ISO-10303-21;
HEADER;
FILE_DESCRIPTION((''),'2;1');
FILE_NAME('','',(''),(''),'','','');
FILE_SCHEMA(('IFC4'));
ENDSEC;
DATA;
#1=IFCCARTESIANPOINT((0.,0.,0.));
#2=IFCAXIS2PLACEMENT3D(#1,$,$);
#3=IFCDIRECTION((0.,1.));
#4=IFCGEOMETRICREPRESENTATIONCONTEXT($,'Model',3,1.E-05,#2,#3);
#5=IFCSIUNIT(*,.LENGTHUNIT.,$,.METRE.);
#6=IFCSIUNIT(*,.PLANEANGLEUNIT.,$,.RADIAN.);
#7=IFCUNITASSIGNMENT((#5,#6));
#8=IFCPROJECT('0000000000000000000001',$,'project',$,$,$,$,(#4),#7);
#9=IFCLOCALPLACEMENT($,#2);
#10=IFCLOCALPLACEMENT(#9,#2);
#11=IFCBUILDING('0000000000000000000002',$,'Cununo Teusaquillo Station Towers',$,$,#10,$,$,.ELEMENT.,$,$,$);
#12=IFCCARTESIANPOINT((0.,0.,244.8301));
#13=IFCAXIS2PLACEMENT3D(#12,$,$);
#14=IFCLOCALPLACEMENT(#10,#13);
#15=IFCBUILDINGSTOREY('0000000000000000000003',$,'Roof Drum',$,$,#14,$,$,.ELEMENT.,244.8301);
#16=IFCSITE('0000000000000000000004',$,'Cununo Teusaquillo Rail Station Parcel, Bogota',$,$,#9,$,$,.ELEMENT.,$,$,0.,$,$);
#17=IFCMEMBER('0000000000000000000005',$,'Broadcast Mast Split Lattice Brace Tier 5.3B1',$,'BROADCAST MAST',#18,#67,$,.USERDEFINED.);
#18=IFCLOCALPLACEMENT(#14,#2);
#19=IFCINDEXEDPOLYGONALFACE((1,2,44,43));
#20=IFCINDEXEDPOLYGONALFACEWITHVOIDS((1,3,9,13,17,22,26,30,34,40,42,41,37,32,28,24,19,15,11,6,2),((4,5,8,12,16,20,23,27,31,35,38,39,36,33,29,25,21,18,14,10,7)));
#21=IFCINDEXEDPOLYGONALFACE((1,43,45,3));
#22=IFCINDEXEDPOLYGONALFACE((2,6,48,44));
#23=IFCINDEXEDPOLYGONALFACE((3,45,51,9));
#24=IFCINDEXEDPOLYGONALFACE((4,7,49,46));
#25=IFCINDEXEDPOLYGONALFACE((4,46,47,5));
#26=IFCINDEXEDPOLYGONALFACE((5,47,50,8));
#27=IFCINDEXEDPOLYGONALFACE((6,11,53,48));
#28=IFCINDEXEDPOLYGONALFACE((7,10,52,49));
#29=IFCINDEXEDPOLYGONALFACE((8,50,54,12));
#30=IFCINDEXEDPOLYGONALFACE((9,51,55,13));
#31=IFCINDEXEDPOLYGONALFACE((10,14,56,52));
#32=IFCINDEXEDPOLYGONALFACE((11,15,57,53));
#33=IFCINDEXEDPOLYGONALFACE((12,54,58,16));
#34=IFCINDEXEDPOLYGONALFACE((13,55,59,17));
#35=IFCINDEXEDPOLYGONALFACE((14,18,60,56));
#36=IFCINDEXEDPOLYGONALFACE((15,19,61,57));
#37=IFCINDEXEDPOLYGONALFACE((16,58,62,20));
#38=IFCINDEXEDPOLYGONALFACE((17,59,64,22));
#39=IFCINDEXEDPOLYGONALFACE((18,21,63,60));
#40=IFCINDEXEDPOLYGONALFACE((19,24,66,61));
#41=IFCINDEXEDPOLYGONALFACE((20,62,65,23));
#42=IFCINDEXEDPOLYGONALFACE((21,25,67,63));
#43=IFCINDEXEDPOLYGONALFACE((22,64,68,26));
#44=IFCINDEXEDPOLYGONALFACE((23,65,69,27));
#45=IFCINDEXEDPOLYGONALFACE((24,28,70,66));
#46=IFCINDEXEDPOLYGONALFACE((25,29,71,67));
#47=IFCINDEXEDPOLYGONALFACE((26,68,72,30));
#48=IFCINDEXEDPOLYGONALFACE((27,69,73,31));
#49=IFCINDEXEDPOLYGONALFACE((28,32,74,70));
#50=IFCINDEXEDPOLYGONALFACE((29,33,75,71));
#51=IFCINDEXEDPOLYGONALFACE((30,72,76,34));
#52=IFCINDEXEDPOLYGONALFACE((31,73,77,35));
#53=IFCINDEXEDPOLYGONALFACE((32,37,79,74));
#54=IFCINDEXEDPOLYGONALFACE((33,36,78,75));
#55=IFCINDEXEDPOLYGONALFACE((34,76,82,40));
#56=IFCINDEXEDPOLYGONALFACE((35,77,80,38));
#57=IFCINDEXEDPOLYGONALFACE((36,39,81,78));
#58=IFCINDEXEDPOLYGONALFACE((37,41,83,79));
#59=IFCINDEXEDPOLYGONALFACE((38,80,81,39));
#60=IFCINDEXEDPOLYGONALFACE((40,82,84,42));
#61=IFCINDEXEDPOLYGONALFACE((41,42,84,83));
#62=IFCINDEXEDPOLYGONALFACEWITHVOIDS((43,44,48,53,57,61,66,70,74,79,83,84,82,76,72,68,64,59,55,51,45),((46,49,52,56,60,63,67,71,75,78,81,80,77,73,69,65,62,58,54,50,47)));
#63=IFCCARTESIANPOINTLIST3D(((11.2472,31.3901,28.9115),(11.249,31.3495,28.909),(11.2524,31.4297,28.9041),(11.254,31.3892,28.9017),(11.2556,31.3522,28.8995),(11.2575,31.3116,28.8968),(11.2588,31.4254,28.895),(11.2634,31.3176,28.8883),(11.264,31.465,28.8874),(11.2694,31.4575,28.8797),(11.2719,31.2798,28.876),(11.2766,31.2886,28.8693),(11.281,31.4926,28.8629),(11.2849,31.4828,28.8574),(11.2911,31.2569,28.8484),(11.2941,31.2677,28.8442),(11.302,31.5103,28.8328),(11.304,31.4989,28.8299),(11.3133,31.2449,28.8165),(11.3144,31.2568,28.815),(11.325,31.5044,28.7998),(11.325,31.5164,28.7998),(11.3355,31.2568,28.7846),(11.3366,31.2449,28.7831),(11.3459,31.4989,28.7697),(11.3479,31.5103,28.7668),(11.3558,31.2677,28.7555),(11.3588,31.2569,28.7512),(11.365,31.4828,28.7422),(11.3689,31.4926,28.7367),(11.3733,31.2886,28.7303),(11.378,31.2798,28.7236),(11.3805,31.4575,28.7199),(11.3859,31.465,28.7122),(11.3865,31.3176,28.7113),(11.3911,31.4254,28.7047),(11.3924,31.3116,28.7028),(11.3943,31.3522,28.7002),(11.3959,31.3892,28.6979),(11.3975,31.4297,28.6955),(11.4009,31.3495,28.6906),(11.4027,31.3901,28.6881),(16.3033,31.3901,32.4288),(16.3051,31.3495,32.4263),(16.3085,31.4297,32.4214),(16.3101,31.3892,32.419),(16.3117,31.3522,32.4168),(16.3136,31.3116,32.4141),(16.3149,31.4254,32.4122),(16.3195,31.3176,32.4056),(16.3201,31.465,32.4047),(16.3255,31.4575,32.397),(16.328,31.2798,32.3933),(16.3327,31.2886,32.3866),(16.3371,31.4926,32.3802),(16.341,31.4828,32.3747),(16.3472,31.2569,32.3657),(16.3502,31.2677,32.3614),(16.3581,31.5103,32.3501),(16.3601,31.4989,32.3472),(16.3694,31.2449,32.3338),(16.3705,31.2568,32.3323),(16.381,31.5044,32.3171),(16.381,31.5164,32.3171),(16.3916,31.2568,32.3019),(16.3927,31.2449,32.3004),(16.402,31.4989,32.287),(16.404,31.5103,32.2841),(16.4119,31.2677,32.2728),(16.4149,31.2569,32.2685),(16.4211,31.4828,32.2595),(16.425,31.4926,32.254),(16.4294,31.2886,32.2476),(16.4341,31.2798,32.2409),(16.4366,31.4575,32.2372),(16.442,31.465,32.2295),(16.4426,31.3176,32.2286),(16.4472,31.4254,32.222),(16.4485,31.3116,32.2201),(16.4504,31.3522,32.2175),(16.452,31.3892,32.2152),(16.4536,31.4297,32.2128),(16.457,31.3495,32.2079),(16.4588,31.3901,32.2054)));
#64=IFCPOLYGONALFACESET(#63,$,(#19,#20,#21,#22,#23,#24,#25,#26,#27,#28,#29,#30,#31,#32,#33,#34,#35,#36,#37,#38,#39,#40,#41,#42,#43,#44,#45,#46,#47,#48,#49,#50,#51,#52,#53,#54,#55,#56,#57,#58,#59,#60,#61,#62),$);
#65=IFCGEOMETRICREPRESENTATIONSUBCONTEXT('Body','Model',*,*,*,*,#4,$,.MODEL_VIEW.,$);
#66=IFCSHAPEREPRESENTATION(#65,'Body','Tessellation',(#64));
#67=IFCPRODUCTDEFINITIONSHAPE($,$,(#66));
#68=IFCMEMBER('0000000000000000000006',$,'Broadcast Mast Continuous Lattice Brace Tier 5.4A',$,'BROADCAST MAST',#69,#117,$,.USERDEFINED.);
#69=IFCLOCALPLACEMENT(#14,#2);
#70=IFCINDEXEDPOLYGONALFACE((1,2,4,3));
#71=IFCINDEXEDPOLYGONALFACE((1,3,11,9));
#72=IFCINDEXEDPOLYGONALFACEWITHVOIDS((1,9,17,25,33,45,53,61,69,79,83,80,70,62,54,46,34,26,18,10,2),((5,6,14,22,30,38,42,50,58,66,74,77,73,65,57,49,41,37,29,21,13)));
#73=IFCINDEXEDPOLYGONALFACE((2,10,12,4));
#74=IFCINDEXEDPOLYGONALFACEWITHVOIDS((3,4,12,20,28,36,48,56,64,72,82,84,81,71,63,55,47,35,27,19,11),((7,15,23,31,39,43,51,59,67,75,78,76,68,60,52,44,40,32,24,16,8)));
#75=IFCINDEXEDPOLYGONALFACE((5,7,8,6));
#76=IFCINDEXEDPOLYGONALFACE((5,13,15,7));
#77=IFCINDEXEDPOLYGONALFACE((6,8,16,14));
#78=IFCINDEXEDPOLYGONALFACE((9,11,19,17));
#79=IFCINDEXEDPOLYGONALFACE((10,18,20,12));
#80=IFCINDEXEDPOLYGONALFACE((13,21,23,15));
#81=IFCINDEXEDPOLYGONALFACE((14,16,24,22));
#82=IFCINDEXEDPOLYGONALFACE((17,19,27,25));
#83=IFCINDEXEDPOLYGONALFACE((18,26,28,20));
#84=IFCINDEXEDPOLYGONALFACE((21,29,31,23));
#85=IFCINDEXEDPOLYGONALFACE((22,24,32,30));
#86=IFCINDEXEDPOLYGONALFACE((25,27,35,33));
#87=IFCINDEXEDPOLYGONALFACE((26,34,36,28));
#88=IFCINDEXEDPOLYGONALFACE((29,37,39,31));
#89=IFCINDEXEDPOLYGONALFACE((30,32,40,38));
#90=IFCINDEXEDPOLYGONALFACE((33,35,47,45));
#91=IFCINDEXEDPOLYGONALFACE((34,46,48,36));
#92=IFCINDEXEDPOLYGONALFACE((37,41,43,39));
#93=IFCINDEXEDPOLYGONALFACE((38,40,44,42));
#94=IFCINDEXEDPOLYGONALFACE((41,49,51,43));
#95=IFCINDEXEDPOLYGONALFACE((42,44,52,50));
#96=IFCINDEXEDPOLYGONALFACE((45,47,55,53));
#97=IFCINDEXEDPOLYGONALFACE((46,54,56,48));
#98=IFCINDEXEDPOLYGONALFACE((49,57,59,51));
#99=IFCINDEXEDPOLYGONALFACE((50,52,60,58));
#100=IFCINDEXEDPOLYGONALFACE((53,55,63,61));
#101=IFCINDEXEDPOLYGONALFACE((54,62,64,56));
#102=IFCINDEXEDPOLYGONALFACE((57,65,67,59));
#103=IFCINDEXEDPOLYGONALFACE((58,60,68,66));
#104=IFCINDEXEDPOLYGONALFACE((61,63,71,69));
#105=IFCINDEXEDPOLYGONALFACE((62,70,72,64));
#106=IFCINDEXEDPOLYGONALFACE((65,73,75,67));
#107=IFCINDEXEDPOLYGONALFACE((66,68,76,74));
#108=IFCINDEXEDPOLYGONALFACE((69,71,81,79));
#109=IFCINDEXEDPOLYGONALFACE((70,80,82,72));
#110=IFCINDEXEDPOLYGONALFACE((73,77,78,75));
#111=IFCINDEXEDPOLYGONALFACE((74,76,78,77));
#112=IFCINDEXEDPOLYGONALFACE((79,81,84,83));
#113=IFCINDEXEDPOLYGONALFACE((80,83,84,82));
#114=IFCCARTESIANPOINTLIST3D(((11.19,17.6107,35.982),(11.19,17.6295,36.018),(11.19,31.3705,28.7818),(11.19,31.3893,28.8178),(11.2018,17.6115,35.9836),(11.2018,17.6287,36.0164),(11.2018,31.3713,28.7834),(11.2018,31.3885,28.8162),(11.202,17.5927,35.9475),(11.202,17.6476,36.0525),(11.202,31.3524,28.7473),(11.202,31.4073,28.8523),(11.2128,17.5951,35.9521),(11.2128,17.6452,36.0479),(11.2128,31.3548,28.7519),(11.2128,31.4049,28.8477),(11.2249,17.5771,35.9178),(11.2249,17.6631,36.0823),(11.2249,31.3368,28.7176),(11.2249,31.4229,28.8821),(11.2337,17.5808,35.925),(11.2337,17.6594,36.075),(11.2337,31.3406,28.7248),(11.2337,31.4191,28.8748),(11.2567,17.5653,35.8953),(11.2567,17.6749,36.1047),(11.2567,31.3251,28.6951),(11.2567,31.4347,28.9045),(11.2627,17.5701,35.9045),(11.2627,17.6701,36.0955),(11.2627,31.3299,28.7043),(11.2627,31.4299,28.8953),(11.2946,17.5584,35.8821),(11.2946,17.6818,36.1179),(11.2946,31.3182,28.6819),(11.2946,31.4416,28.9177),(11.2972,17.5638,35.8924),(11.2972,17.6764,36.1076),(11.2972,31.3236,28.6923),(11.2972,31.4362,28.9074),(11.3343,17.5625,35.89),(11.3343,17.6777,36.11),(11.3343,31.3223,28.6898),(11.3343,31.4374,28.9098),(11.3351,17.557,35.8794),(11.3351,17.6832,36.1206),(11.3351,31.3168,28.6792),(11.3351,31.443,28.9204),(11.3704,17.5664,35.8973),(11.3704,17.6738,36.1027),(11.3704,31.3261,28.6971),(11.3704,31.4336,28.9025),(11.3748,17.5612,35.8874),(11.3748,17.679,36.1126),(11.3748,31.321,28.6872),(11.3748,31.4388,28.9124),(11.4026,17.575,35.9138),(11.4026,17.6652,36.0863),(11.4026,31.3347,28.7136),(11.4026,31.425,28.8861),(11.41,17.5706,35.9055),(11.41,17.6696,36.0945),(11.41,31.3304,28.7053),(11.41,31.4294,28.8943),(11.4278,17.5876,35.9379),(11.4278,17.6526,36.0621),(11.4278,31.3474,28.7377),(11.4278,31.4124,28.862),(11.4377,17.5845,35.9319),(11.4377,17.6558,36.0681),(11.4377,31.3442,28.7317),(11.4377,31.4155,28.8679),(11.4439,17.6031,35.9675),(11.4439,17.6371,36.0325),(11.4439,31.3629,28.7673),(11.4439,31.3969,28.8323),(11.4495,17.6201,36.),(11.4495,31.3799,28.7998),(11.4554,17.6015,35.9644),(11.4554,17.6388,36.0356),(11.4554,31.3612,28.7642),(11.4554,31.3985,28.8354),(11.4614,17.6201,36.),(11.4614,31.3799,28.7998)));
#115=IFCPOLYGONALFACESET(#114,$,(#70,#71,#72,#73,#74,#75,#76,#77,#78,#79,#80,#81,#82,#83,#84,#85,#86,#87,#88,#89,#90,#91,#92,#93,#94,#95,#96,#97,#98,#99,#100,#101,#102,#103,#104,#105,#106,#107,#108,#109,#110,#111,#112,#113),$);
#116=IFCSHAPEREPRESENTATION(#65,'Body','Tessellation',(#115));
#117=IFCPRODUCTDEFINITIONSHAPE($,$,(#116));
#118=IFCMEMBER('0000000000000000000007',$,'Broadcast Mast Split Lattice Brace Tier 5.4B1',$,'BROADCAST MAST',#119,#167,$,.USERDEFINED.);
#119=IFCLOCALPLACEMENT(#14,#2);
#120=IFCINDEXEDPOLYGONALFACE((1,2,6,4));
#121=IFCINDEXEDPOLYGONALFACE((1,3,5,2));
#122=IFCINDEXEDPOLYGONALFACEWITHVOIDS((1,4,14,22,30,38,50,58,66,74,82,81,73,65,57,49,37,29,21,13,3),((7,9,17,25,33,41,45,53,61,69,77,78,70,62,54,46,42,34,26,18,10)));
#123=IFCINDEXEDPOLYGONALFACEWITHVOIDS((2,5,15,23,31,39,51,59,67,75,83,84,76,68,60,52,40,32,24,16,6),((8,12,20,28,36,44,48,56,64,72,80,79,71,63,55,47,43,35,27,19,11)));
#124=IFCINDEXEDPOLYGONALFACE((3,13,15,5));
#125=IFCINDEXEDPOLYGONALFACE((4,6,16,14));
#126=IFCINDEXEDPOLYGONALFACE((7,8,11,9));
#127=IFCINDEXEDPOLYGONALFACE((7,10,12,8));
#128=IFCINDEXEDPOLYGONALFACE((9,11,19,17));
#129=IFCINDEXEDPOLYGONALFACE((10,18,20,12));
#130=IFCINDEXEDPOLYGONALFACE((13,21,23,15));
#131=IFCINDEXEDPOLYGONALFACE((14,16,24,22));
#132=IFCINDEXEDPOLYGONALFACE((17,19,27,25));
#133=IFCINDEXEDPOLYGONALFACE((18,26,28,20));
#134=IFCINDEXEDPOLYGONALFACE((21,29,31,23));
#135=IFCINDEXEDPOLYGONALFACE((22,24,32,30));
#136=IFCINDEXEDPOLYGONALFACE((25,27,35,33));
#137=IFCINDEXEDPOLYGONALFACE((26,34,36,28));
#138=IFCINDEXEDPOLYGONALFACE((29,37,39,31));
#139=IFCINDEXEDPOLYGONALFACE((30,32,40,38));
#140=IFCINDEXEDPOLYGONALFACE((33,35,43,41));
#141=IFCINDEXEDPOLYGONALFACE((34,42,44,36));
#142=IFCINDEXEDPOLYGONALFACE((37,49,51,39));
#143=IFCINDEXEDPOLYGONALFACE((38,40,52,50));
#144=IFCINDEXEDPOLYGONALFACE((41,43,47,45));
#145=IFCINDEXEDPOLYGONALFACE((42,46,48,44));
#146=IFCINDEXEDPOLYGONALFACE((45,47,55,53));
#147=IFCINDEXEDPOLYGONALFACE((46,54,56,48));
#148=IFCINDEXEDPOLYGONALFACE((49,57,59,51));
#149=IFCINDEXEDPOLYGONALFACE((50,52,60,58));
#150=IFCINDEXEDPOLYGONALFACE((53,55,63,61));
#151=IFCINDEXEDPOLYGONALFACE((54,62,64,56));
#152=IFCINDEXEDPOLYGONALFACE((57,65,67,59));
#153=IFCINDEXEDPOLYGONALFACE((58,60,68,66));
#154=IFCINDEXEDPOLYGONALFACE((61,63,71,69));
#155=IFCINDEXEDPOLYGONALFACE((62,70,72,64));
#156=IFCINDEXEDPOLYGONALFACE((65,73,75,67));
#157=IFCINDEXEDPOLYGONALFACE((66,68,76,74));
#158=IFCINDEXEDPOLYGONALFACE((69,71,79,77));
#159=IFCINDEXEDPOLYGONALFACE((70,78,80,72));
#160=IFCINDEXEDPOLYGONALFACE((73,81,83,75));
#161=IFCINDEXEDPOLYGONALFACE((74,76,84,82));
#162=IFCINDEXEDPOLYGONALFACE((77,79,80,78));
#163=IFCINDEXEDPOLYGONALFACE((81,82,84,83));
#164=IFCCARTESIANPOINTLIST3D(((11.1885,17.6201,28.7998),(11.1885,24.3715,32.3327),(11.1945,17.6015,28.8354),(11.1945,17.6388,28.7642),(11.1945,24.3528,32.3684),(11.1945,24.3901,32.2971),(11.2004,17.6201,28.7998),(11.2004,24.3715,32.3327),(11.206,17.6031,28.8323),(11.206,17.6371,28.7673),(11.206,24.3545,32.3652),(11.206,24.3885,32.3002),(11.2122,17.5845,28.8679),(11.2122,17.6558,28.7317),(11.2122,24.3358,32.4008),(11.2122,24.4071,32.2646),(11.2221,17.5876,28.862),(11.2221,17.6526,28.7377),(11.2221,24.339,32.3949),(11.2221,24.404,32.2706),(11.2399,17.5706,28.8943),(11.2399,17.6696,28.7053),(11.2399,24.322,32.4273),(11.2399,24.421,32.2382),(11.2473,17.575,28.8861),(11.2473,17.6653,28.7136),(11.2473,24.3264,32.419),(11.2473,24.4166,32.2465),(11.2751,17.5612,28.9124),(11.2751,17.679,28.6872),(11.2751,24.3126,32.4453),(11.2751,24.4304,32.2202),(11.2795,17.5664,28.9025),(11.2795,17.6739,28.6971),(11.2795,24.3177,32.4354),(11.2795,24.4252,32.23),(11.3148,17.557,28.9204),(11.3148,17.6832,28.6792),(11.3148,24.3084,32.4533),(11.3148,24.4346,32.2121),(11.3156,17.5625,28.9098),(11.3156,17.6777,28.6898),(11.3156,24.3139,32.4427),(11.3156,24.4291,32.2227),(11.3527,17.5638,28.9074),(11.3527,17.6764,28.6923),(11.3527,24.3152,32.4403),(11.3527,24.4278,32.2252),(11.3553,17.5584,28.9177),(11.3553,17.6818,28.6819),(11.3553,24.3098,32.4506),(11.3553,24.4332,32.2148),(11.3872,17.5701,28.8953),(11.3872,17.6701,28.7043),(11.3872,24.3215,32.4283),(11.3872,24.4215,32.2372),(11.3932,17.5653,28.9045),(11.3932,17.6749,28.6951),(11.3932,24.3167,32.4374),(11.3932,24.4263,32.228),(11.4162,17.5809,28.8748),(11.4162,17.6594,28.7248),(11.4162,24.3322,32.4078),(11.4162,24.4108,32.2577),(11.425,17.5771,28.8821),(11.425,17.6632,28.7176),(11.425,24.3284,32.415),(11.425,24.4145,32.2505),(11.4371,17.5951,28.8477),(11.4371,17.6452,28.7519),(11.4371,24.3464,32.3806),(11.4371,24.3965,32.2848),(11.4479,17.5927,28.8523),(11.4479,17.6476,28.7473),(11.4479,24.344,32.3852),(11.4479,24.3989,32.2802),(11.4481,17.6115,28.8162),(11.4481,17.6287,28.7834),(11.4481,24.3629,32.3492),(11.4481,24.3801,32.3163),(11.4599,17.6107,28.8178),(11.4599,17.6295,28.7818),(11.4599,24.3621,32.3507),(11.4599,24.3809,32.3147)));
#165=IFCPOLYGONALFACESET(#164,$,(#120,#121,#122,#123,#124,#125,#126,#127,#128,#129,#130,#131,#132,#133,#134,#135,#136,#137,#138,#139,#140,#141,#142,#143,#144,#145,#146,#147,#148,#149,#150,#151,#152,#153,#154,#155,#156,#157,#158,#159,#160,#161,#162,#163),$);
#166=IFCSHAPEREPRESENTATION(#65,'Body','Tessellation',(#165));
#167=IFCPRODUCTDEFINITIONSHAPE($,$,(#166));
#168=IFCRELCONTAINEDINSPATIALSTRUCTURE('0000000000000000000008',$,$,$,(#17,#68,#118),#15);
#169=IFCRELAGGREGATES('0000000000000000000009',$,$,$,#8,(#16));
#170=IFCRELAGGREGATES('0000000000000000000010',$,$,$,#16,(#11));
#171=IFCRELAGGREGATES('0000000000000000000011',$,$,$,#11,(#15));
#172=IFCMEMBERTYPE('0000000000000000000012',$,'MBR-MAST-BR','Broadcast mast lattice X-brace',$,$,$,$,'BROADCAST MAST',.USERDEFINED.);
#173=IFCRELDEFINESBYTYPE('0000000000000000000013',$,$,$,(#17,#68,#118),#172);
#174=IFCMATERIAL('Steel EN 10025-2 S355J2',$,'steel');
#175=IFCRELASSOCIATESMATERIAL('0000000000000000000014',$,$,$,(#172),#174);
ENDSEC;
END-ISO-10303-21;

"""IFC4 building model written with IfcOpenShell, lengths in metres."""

from ifc_helpers import new_model, si_unit, direction, frame, origin, origin_2d, place, context, subcontext, project, spatial, hollow_circle, extrude, material, material_profile, profile_set, type_object, element, save


model = new_model("IFC4")

# Units and contexts
model_context = context("Model", 3, precision=1e-05, world=origin(), true_north=direction((0.0, 1.0)))
body_context = subcontext(model_context, "Body", "Model", "MODEL_VIEW")
ifc_project = project(units=[si_unit("LENGTHUNIT", "METRE"), si_unit("PLANEANGLEUNIT", "RADIAN")], contexts=[model_context])

# Site, building, storey
site_placement = place(None, origin())
site = spatial("IfcSite", under=ifc_project, at=site_placement, Name="Cununo Teusaquillo Rail Station Parcel, Bogota", CompositionType="ELEMENT", RefElevation=0.0)
building_placement = place(site_placement, origin())
building = spatial("IfcBuilding", under=site, at=building_placement, Name="Cununo Teusaquillo Station Towers", CompositionType="ELEMENT")
storey_placement = place(building_placement, frame((0.0, 0.0, 244.8301)))
storey = spatial("IfcBuildingStorey", under=building, at=storey_placement, Name="Roof Drum", CompositionType="ELEMENT", Elevation=244.8301)

# Members
ifc_material_1 = material(Name="Steel EN 10025-2 S355J2", Category="steel")
ifc_material_profile_1 = material_profile(ifc_material_1, hollow_circle(Radius=0.1365, WallThickness=0.012, at=origin_2d()), Name="CHS 273x12")
ifc_profile_set_1 = profile_set([ifc_material_profile_1], Name="Steel EN 10025-2 S355J2")
member_type = type_object("IfcMemberType", Name="MBR-MAST-BR", Description="Broadcast mast lattice X-brace", ElementType="BROADCAST MAST", PredefinedType="USERDEFINED", material=ifc_profile_set_1)
for number, where, z_axis, x_axis, name in (
    (1, (11.325, 31.3799, 28.7998), (0.820904, 0.0, 0.571066), (0.0, 1.0, 0.0), "Broadcast Mast Split Lattice Brace Tier 5.3B1"),
):
    element("IfcMember", number, at=place(storey_placement, frame(where, z_axis=z_axis, x_axis=x_axis)), inside=storey, type_object=member_type, Name=name, ObjectType="BROADCAST MAST", PredefinedType="USERDEFINED", context=body_context, shape_type="SweptSolid", body=[
        extrude(hollow_circle(Radius=0.1365, WallThickness=0.012, at=origin_2d()), origin(), (0.0, 0.0, 1.0), 6.1592),
    ])
member_1_placement = place(storey_placement, frame((11.325, 31.3799, 28.7998), z_axis=(0.0, -0.886025, 0.463638), x_axis=(1.0, 0.0, 0.0)))
element("IfcMember", 2, at=member_1_placement, inside=storey, type_object=member_type, Name="Broadcast Mast Continuous Lattice Brace Tier 5.4A", ObjectType="BROADCAST MAST", PredefinedType="USERDEFINED", context=body_context, shape_type="SweptSolid", body=[
    extrude(hollow_circle(Radius=0.1365, WallThickness=0.012, at=origin_2d()), origin(), (0.0, 0.0, 1.0), 15.5298),
])
for number, where, z_axis, x_axis, name in (
    (3, (11.325, 17.6201, 28.7998), (0.0, 0.886021, 0.463644), (-1.0, 0.0, 0.0), "Broadcast Mast Split Lattice Brace Tier 5.4B1"),
):
    element("IfcMember", number, at=place(storey_placement, frame(where, z_axis=z_axis, x_axis=x_axis)), inside=storey, type_object=member_type, Name=name, ObjectType="BROADCAST MAST", PredefinedType="USERDEFINED", context=body_context, shape_type="SweptSolid", body=[
        extrude(hollow_circle(Radius=0.1365, WallThickness=0.012, at=origin_2d()), origin(), (0.0, 0.0, 1.0), 7.6199),
    ])

save(model, "model.ifc")
